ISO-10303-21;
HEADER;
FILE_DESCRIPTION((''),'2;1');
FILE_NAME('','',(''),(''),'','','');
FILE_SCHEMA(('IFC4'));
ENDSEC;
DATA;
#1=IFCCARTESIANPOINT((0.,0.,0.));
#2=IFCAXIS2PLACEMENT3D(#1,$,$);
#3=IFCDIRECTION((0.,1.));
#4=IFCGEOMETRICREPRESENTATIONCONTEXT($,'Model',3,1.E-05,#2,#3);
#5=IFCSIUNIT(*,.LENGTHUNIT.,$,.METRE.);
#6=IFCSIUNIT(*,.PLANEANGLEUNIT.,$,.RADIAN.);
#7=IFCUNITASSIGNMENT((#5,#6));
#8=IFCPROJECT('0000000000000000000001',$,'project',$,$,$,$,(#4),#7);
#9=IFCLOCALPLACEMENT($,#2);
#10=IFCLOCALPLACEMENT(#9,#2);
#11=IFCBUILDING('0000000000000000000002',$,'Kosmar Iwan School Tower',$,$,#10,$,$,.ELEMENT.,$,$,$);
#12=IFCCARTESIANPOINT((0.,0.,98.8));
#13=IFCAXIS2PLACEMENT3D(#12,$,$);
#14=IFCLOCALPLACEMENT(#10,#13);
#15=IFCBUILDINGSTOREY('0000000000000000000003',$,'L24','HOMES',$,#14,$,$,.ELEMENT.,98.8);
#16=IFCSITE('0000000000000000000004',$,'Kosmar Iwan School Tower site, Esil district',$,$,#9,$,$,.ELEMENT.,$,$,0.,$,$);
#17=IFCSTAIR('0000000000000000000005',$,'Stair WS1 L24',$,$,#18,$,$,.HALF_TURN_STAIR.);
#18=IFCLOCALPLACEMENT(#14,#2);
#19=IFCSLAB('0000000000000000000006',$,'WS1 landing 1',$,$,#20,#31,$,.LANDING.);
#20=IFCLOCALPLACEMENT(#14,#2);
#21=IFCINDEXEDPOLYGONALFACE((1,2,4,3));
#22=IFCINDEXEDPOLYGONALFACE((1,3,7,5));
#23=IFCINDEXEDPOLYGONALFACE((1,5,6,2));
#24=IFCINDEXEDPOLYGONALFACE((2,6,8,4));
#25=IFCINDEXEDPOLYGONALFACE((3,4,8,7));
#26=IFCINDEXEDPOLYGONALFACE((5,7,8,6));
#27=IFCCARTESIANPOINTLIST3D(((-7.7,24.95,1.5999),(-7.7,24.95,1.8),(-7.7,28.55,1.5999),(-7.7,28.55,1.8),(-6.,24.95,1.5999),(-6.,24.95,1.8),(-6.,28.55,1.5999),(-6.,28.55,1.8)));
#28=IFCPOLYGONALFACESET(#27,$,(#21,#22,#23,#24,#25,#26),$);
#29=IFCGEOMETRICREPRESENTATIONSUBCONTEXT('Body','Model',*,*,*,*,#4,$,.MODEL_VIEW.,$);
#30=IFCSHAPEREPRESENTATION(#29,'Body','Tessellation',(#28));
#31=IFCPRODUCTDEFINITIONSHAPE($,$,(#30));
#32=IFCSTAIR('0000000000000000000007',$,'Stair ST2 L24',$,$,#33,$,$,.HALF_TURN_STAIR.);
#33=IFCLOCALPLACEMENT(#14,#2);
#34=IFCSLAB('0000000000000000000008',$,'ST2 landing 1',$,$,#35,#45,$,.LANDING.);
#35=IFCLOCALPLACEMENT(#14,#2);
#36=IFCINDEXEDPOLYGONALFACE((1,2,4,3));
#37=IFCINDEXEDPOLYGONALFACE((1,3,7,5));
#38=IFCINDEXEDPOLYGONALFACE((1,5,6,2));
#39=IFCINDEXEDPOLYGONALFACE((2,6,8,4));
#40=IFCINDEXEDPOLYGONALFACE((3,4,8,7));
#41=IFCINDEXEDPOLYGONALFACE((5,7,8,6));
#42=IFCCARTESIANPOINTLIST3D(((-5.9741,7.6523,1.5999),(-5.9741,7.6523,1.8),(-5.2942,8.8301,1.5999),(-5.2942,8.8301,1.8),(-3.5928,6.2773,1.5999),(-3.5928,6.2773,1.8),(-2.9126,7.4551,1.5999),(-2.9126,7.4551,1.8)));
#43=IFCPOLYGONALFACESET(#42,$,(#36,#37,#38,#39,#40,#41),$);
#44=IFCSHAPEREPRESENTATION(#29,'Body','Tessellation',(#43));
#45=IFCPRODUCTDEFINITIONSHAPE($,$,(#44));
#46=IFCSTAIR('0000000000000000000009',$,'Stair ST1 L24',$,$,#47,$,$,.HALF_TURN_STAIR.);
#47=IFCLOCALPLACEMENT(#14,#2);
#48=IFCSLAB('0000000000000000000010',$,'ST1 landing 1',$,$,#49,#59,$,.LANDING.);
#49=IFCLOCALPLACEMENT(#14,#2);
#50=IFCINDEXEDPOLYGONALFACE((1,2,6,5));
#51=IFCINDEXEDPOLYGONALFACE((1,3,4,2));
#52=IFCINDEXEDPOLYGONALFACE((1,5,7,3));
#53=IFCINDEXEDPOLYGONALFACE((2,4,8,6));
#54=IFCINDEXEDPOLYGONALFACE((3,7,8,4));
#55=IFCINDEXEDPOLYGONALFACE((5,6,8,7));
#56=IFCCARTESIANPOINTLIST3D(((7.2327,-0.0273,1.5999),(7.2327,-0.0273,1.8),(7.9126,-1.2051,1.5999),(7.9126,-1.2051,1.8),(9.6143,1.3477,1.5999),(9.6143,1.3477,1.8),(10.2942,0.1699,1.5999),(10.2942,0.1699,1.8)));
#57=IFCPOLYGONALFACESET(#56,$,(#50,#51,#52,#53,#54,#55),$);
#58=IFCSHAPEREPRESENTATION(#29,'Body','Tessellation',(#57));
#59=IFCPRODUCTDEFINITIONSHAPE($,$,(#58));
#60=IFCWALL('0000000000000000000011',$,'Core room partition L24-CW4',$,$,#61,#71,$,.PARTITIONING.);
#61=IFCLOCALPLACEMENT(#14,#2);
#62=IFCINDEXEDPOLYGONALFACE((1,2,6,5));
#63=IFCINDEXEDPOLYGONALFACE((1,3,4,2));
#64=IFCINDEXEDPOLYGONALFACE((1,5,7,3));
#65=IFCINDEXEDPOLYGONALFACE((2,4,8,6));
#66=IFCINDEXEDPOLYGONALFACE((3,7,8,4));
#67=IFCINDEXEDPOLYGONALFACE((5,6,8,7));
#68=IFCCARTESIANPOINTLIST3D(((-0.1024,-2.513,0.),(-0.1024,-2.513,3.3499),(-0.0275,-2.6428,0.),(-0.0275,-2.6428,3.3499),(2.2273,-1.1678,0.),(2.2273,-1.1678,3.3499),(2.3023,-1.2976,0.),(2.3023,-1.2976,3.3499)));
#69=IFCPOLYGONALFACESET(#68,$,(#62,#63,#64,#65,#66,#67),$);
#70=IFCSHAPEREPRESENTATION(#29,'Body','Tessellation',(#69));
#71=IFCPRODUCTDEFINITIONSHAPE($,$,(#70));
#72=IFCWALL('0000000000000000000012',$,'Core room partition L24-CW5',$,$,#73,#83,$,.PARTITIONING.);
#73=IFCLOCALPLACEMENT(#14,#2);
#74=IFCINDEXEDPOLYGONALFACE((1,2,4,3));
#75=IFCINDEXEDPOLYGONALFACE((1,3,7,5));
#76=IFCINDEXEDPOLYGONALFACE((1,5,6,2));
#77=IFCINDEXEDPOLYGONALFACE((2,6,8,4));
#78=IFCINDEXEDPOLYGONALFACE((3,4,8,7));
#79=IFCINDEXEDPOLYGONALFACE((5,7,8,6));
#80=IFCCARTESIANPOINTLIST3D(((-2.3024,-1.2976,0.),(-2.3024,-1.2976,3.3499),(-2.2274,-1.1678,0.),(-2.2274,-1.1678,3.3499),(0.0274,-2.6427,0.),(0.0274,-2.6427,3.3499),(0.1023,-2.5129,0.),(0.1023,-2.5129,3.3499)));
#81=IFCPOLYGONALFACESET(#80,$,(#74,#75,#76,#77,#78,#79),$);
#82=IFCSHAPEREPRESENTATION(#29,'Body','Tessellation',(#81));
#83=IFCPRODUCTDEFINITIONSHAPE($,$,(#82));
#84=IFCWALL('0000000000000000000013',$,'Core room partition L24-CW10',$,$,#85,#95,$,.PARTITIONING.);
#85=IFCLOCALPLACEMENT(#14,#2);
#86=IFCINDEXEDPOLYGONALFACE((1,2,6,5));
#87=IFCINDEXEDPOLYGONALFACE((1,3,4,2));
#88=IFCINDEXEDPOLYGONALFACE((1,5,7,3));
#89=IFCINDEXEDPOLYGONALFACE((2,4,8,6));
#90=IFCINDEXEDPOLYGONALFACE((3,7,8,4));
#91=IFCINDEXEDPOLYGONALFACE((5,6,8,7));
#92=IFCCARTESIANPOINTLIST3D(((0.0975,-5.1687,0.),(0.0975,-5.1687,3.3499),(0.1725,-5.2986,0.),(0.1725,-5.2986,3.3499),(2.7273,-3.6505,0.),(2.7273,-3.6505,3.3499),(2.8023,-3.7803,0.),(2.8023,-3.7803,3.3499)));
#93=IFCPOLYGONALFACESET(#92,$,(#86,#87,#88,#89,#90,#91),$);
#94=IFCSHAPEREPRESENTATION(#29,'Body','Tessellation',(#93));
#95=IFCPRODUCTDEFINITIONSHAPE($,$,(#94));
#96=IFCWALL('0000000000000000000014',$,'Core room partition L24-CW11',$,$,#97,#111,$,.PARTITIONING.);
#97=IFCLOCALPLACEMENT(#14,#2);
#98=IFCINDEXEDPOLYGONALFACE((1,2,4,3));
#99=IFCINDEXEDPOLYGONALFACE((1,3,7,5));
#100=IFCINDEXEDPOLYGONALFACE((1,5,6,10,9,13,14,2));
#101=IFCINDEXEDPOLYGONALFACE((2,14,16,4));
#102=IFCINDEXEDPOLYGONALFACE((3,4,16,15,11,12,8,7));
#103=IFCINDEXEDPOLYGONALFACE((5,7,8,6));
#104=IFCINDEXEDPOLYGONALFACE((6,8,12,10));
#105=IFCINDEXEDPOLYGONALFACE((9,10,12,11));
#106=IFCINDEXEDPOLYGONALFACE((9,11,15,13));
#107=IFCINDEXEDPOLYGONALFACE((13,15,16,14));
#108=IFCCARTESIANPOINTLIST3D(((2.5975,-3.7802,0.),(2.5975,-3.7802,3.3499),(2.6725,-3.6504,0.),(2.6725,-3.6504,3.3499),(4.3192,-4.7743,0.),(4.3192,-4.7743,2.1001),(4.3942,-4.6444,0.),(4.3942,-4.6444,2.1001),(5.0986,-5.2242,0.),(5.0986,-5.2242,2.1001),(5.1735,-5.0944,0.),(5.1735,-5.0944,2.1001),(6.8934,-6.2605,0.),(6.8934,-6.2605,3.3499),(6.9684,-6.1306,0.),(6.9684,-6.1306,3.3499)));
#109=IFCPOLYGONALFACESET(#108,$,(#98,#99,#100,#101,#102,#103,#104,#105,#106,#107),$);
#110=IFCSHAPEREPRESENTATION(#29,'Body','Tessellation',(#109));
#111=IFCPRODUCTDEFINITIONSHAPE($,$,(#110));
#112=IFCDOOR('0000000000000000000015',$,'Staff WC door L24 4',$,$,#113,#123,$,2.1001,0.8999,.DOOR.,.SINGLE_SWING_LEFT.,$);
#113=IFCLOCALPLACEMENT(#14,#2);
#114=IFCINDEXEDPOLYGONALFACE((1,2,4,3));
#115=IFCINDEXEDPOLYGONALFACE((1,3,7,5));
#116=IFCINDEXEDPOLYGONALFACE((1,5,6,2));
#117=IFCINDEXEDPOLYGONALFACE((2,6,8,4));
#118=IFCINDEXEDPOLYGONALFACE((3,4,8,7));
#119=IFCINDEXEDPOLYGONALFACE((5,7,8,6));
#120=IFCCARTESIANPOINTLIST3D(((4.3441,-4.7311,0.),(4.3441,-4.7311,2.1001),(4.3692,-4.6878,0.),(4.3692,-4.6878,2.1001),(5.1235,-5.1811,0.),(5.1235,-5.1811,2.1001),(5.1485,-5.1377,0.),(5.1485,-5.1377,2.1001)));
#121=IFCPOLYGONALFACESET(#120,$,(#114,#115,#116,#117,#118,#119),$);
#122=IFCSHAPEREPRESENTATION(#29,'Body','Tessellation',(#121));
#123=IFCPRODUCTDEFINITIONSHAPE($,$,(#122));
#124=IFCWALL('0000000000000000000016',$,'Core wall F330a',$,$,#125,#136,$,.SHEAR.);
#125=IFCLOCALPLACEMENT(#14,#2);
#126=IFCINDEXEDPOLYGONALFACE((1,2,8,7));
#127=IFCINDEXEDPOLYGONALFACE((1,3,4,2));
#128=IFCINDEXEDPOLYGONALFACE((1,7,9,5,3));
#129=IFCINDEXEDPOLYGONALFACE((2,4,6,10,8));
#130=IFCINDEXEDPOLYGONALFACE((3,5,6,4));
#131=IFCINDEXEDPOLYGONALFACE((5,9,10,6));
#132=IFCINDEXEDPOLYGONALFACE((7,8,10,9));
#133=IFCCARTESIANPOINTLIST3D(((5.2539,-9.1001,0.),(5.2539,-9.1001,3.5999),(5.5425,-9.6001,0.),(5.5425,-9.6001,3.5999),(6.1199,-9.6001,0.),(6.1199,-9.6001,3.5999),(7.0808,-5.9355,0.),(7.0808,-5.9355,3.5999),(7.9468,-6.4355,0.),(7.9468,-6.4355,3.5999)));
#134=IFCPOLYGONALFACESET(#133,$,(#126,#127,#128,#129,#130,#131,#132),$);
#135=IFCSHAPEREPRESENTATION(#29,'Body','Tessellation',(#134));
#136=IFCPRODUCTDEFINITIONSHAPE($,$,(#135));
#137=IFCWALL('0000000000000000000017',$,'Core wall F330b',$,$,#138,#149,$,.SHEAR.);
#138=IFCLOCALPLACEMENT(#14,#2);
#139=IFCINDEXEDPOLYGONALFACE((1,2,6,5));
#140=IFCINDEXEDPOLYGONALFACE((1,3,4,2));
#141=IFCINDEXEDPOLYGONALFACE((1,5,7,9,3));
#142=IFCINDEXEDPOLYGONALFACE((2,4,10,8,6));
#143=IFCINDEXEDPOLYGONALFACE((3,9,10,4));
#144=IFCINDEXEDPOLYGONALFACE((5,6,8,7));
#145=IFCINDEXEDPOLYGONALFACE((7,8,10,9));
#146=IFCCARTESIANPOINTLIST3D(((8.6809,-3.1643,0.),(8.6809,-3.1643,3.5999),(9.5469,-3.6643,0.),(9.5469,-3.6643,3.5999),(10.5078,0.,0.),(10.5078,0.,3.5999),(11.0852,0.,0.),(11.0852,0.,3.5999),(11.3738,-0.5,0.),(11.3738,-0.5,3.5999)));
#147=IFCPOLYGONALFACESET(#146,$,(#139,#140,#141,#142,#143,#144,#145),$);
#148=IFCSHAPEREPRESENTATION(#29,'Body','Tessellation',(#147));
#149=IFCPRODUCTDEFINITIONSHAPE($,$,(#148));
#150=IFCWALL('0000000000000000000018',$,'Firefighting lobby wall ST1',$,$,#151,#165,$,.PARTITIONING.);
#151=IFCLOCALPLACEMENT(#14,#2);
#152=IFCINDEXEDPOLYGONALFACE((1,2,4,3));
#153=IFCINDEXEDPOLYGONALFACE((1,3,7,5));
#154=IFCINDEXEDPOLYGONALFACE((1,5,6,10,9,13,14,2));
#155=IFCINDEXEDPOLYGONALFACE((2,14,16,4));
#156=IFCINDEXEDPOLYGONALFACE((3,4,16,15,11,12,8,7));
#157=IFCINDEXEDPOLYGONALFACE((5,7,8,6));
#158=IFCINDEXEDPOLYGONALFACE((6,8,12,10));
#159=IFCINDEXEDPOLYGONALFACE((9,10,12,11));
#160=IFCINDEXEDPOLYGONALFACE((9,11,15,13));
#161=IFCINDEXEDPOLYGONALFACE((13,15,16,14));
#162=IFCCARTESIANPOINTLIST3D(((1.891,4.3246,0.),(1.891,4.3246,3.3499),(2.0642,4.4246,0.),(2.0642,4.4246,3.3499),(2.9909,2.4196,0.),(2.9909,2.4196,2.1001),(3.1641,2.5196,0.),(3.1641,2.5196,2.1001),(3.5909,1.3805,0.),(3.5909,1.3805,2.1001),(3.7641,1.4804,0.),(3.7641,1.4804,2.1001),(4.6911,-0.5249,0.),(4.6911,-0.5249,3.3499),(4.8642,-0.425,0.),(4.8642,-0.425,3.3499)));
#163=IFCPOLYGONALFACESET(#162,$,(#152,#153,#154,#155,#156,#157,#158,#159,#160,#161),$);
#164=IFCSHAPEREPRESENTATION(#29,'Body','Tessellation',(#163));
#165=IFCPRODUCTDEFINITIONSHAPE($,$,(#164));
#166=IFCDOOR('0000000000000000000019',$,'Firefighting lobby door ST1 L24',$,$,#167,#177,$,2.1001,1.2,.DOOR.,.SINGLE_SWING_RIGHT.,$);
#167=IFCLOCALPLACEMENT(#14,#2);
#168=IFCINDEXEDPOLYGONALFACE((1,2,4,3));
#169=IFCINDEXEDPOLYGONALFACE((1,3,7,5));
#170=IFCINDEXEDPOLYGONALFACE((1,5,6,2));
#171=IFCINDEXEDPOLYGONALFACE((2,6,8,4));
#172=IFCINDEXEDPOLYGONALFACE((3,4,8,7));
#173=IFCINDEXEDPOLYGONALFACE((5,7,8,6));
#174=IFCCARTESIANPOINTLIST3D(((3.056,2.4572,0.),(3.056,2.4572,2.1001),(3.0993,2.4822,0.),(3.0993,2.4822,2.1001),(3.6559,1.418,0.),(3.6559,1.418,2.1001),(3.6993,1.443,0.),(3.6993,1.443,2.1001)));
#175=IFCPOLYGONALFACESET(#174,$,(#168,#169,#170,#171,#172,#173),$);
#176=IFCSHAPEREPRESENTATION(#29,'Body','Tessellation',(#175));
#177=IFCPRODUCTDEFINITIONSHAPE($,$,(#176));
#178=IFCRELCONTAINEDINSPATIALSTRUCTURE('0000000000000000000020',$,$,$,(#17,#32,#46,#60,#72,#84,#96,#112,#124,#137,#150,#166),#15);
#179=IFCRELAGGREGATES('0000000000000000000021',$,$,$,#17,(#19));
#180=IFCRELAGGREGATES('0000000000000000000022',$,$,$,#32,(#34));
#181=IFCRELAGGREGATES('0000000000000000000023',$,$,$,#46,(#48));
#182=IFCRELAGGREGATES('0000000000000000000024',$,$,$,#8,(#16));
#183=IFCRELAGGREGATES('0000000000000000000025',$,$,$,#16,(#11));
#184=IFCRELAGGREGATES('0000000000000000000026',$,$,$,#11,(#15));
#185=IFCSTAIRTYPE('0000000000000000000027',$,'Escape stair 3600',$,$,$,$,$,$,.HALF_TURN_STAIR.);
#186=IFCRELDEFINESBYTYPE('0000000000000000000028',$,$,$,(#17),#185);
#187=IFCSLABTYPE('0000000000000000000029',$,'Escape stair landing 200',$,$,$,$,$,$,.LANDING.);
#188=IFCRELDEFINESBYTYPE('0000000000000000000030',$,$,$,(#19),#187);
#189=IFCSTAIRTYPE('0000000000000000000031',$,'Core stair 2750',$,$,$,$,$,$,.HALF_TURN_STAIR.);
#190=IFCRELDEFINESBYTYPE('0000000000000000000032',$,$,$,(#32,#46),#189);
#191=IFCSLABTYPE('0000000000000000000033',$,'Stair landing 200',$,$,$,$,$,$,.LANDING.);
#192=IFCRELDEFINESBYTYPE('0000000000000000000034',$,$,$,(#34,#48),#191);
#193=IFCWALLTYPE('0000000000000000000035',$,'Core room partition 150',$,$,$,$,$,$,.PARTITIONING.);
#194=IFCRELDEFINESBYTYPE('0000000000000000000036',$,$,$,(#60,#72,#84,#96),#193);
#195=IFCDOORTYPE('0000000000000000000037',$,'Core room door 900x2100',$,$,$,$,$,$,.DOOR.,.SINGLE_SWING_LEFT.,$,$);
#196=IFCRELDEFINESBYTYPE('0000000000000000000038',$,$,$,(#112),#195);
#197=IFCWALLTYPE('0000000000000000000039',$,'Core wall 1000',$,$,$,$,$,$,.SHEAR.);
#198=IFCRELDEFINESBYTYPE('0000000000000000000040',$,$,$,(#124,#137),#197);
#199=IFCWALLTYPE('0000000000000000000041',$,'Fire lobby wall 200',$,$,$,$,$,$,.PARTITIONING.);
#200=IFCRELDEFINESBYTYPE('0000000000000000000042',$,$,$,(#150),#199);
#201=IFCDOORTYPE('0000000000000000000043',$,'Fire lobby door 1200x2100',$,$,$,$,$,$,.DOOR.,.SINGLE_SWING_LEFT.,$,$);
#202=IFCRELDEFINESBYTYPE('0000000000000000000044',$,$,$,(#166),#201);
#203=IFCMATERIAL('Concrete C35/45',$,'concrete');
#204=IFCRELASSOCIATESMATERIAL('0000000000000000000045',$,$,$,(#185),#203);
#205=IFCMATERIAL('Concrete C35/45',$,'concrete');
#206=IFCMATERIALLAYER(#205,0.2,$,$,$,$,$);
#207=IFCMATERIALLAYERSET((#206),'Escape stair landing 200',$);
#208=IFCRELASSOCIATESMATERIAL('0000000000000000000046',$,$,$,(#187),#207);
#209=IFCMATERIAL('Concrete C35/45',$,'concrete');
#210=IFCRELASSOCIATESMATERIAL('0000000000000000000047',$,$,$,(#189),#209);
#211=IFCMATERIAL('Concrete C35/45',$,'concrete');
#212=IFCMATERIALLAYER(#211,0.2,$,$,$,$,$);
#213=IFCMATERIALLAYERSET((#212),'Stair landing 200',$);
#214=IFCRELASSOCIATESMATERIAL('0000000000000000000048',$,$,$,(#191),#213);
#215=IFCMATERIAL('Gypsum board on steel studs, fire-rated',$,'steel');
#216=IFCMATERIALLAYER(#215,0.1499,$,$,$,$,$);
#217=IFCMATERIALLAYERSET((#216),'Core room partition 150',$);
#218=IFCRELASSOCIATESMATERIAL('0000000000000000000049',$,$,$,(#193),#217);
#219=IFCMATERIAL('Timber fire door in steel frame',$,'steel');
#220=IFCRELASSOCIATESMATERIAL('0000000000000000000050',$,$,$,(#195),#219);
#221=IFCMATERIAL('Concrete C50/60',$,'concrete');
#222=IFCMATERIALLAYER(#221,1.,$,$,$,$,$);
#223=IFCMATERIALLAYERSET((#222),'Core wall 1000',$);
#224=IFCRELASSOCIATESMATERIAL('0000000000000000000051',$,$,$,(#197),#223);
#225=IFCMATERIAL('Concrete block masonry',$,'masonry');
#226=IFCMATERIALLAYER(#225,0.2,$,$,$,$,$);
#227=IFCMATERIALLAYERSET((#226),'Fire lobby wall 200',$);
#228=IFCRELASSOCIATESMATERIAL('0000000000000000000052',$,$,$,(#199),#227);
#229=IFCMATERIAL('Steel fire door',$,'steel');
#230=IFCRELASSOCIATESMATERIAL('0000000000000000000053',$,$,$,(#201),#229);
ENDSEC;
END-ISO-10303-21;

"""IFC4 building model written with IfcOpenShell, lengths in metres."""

from ifc_helpers import new_model, si_unit, direction, frame, frame_2d, origin, place, context, subcontext, project, spatial, polyline, rectangle, outline, extrude, material, layer, layer_set, type_object, element, fill, aggregate, save


model = new_model("IFC4")

# Units and contexts
model_context = context("Model", 3, precision=1e-05, world=origin(), true_north=direction((0.0, 1.0)))
body_context = subcontext(model_context, "Body", "Model", "MODEL_VIEW")
ifc_project = project(units=[si_unit("LENGTHUNIT", "METRE"), si_unit("PLANEANGLEUNIT", "RADIAN")], contexts=[model_context])

# Site, building, storey
site_placement = place(None, origin())
site = spatial("IfcSite", under=ifc_project, at=site_placement, Name="Kosmar Iwan School Tower site, Esil district", CompositionType="ELEMENT", RefElevation=0.0)
building_placement = place(site_placement, origin())
building = spatial("IfcBuilding", under=site, at=building_placement, Name="Kosmar Iwan School Tower", CompositionType="ELEMENT")
storey_placement = place(building_placement, frame((0.0, 0.0, 98.8)))
storey = spatial("IfcBuildingStorey", under=building, at=storey_placement, Name="L24", Description="HOMES", CompositionType="ELEMENT", Elevation=98.8)

# Stairs, slabs
ifc_material_1 = material(Name="Concrete C35/45", Category="concrete")
stair_type_1 = type_object("IfcStairType", Name="Escape stair 3600", PredefinedType="HALF_TURN_STAIR", material=ifc_material_1)
stair_1_placement = place(storey_placement, origin())
stair_1 = element("IfcStair", 1, at=stair_1_placement, inside=storey, type_object=stair_type_1, Name="Stair WS1 L24", PredefinedType="HALF_TURN_STAIR")
ifc_material_2 = material(Name="Concrete C35/45", Category="concrete")
ifc_layer_1 = layer(ifc_material_2, 0.2)
ifc_layer_set_1 = layer_set([ifc_layer_1], Name="Escape stair landing 200")
slab_type_1 = type_object("IfcSlabType", Name="Escape stair landing 200", PredefinedType="LANDING", material=ifc_layer_set_1)
slab_1_placement = place(storey_placement, frame((0.0, 0.0, 1.5999)))
slab_1 = element("IfcSlab", 2, at=slab_1_placement, type_object=slab_type_1, Name="WS1 landing 1", PredefinedType="LANDING", context=body_context, shape_type="SweptSolid", body=[
    extrude(outline(polyline([(-6.0, 24.95), (-6.0, 28.55), (-7.7, 28.55), (-7.7, 24.95), (-6.0, 24.95)])), origin(), (0.0, 0.0, 1.0), 0.2002),
])
aggregate(stair_1, [slab_1])
ifc_material_3 = material(Name="Concrete C35/45", Category="concrete")
stair_type_2 = type_object("IfcStairType", Name="Core stair 2750", PredefinedType="HALF_TURN_STAIR", material=ifc_material_3)
stair_2_placement = place(storey_placement, origin())
stair_2 = element("IfcStair", 3, at=stair_2_placement, inside=storey, type_object=stair_type_2, Name="Stair ST2 L24", PredefinedType="HALF_TURN_STAIR")
ifc_material_4 = material(Name="Concrete C35/45", Category="concrete")
ifc_layer_2 = layer(ifc_material_4, 0.2)
ifc_layer_set_2 = layer_set([ifc_layer_2], Name="Stair landing 200")
slab_type_2 = type_object("IfcSlabType", Name="Stair landing 200", PredefinedType="LANDING", material=ifc_layer_set_2)
slab_2_placement = place(storey_placement, frame((0.0, 0.0, 1.5999)))
slab_2 = element("IfcSlab", 4, at=slab_2_placement, type_object=slab_type_2, Name="ST2 landing 1", PredefinedType="LANDING", context=body_context, shape_type="SweptSolid", body=[
    extrude(outline(polyline([(-2.9126, 7.4551), (-5.2942, 8.8301), (-5.9741, 7.6523), (-3.5928, 6.2773), (-2.9126, 7.4551)])), origin(), (0.0, 0.0, 1.0), 0.2002),
])
aggregate(stair_2, [slab_2])
stair_3_placement = place(storey_placement, origin())
stair_3 = element("IfcStair", 5, at=stair_3_placement, inside=storey, type_object=stair_type_2, Name="Stair ST1 L24", PredefinedType="HALF_TURN_STAIR")
slab_3_placement = place(storey_placement, frame((0.0, 0.0, 1.5999)))
slab_3 = element("IfcSlab", 6, at=slab_3_placement, type_object=slab_type_2, Name="ST1 landing 1", PredefinedType="LANDING", context=body_context, shape_type="SweptSolid", body=[
    extrude(outline(polyline([(7.9126, -1.2051), (10.2942, 0.1699), (9.6143, 1.3477), (7.2327, -0.0273), (7.9126, -1.2051)])), origin(), (0.0, 0.0, 1.0), 0.2002),
])
aggregate(stair_3, [slab_3])

# Walls
ifc_material_5 = material(Name="Gypsum board on steel studs, fire-rated", Category="steel")
ifc_layer_3 = layer(ifc_material_5, 0.1499)
ifc_layer_set_3 = layer_set([ifc_layer_3], Name="Core room partition 150")
wall_type_1 = type_object("IfcWallType", Name="Core room partition 150", PredefinedType="PARTITIONING", material=ifc_layer_set_3)
for number, where, z_axis, x_axis, name in (
    (7, (2.2649, -1.2327, 0.0), (0.0, 0.0, 1.0), (-0.866012, -0.500024, 0.0), "Core room partition L24-CW4"),
    (8, (0.0649, -2.5779, 0.0), (0.0, 0.0, 1.0), (-0.866012, 0.500024, 0.0), "Core room partition L24-CW5"),
):
    element("IfcWall", number, at=place(storey_placement, frame(where, z_axis=z_axis, x_axis=x_axis)), inside=storey, type_object=wall_type_1, Name=name, PredefinedType="PARTITIONING", context=body_context, shape_type="SweptSolid", body=[
        extrude(rectangle(XDim=2.6902, YDim=0.1499, at=frame_2d((1.3452, 0.0))), origin(), (0.0, 0.0, 1.0), 3.3499),
    ])
wall_1_placement = place(storey_placement, frame((0.135, -5.2336, 0.0), z_axis=(0.0, 0.0, 1.0), x_axis=(0.866033, 0.499987, 0.0)))
element("IfcWall", 9, at=wall_1_placement, inside=storey, type_object=wall_type_1, Name="Core room partition L24-CW10", PredefinedType="PARTITIONING", context=body_context, shape_type="SweptSolid", body=[
    extrude(rectangle(XDim=3.0366, YDim=0.1499, at=frame_2d((1.5183, 0.0))), origin(), (0.0, 0.0, 1.0), 3.3499),
])

# Wall, opening, door
wall_2_placement = place(storey_placement, frame((2.635, -3.7153, 0.0), z_axis=(0.0, 0.0, 1.0), x_axis=(0.866027, -0.499998, 0.0)))
wall_2 = element("IfcWall", 10, at=wall_2_placement, inside=storey, type_object=wall_type_1, Name="Core room partition L24-CW11", PredefinedType="PARTITIONING", context=body_context, shape_type="SweptSolid", body=[
    extrude(rectangle(XDim=4.9604, YDim=0.1499, at=frame_2d((2.4802, 0.0))), origin(), (0.0, 0.0, 1.0), 3.3499),
])
opening_1_placement = place(wall_2_placement, frame((1.988, 0.0, 0.0)))
opening_1 = element("IfcOpeningElement", 11, at=opening_1_placement, cuts=wall_2, PredefinedType="OPENING", context=body_context, shape_type="SweptSolid", body=[
    extrude(rectangle(XDim=0.8999, YDim=2.1001, at=frame_2d((0.45, 1.05))), frame((0.0, 0.0869, 0.0), z_axis=(0.0, -1.0, 0.0), x_axis=(1.0, 0.0, 0.0)), (0.0, 0.0, 1.0), 0.1738),
])
ifc_material_6 = material(Name="Timber fire door in steel frame", Category="steel")
door_type_1 = type_object("IfcDoorType", Name="Core room door 900x2100", OperationType="SINGLE_SWING_LEFT", PredefinedType="DOOR", material=ifc_material_6)
door_1_placement = place(opening_1_placement, origin())
door_1 = element("IfcDoor", 12, at=door_1_placement, inside=storey, type_object=door_type_1, Name="Staff WC door L24 4", OperationType="SINGLE_SWING_LEFT", OverallHeight=2.1001, OverallWidth=0.8999, PredefinedType="DOOR", context=body_context, shape_type="SweptSolid", body=[
    extrude(rectangle(XDim=0.8999, YDim=2.1001, at=frame_2d((0.45, 1.05))), frame((0.0, 0.0249, 0.0), z_axis=(0.0, -1.0, 0.0), x_axis=(1.0, 0.0, 0.0)), (0.0, 0.0, 1.0), 0.05),
])
fill(opening_1, door_1)

# Walls
ifc_material_7 = material(Name="Concrete C50/60", Category="concrete")
ifc_layer_4 = layer(ifc_material_7, 1.0)
ifc_layer_set_4 = layer_set([ifc_layer_4], Name="Core wall 1000")
wall_type_2 = type_object("IfcWallType", Name="Core wall 1000", PredefinedType="SHEAR", material=ifc_layer_set_4)
wall_3_placement = place(storey_placement, origin())
element("IfcWall", 13, at=wall_3_placement, inside=storey, type_object=wall_type_2, Name="Core wall F330a", PredefinedType="SHEAR", context=body_context, shape_type="SweptSolid", body=[
    extrude(outline(polyline([(5.5425, -9.6001), (6.1199, -9.6001), (7.9468, -6.4355), (7.0808, -5.9355), (5.2539, -9.1001), (5.5425, -9.6001)])), origin(), (0.0, 0.0, 1.0), 3.5999),
])
wall_4_placement = place(storey_placement, origin())
element("IfcWall", 14, at=wall_4_placement, inside=storey, type_object=wall_type_2, Name="Core wall F330b", PredefinedType="SHEAR", context=body_context, shape_type="SweptSolid", body=[
    extrude(outline(polyline([(9.5469, -3.6643), (11.3738, -0.5), (11.0852, 0.0), (10.5078, 0.0), (8.6809, -3.1643), (9.5469, -3.6643)])), origin(), (0.0, 0.0, 1.0), 3.5999),
])

# Wall, opening, door
ifc_material_8 = material(Name="Concrete block masonry", Category="masonry")
ifc_layer_5 = layer(ifc_material_8, 0.2)
ifc_layer_set_5 = layer_set([ifc_layer_5], Name="Fire lobby wall 200")
wall_type_3 = type_object("IfcWallType", Name="Fire lobby wall 200", PredefinedType="PARTITIONING", material=ifc_layer_set_5)
wall_5_placement = place(storey_placement, frame((4.7776, -0.4749, 0.0), z_axis=(0.0, 0.0, 1.0), x_axis=(-0.500017, 0.866016, 0.0)))
wall_5 = element("IfcWall", 15, at=wall_5_placement, inside=storey, type_object=wall_type_3, Name="Firefighting lobby wall ST1", PredefinedType="PARTITIONING", context=body_context, shape_type="SweptSolid", body=[
    extrude(rectangle(XDim=5.5999, YDim=0.2, at=frame_2d((2.7998, 0.0))), origin(), (0.0, 0.0, 1.0), 3.3499),
])
opening_2_placement = place(wall_5_placement, frame((2.2, 0.0, 0.0)))
opening_2 = element("IfcOpeningElement", 16, at=opening_2_placement, cuts=wall_5, PredefinedType="OPENING", context=body_context, shape_type="SweptSolid", body=[
    extrude(rectangle(XDim=1.2, YDim=2.1001, at=frame_2d((0.6001, 1.05))), frame((0.0, 0.1121, 0.0), z_axis=(0.0, -1.0, 0.0), x_axis=(1.0, 0.0, 0.0)), (0.0, 0.0, 1.0), 0.2239),
])
ifc_material_9 = material(Name="Steel fire door", Category="steel")
door_type_2 = type_object("IfcDoorType", Name="Fire lobby door 1200x2100", OperationType="SINGLE_SWING_LEFT", PredefinedType="DOOR", material=ifc_material_9)
door_2_placement = place(opening_2_placement, origin())
door_2 = element("IfcDoor", 17, at=door_2_placement, inside=storey, type_object=door_type_2, Name="Firefighting lobby door ST1 L24", OperationType="SINGLE_SWING_RIGHT", OverallHeight=2.1001, OverallWidth=1.2, PredefinedType="DOOR", context=body_context, shape_type="SweptSolid", body=[
    extrude(rectangle(XDim=1.2, YDim=2.1001, at=frame_2d((0.6001, 1.05))), frame((0.0, 0.0249, 0.0), z_axis=(0.0, -1.0, 0.0), x_axis=(1.0, 0.0, 0.0)), (0.0, 0.0, 1.0), 0.05),
])
fill(opening_2, door_2)

save(model, "model.ifc")
